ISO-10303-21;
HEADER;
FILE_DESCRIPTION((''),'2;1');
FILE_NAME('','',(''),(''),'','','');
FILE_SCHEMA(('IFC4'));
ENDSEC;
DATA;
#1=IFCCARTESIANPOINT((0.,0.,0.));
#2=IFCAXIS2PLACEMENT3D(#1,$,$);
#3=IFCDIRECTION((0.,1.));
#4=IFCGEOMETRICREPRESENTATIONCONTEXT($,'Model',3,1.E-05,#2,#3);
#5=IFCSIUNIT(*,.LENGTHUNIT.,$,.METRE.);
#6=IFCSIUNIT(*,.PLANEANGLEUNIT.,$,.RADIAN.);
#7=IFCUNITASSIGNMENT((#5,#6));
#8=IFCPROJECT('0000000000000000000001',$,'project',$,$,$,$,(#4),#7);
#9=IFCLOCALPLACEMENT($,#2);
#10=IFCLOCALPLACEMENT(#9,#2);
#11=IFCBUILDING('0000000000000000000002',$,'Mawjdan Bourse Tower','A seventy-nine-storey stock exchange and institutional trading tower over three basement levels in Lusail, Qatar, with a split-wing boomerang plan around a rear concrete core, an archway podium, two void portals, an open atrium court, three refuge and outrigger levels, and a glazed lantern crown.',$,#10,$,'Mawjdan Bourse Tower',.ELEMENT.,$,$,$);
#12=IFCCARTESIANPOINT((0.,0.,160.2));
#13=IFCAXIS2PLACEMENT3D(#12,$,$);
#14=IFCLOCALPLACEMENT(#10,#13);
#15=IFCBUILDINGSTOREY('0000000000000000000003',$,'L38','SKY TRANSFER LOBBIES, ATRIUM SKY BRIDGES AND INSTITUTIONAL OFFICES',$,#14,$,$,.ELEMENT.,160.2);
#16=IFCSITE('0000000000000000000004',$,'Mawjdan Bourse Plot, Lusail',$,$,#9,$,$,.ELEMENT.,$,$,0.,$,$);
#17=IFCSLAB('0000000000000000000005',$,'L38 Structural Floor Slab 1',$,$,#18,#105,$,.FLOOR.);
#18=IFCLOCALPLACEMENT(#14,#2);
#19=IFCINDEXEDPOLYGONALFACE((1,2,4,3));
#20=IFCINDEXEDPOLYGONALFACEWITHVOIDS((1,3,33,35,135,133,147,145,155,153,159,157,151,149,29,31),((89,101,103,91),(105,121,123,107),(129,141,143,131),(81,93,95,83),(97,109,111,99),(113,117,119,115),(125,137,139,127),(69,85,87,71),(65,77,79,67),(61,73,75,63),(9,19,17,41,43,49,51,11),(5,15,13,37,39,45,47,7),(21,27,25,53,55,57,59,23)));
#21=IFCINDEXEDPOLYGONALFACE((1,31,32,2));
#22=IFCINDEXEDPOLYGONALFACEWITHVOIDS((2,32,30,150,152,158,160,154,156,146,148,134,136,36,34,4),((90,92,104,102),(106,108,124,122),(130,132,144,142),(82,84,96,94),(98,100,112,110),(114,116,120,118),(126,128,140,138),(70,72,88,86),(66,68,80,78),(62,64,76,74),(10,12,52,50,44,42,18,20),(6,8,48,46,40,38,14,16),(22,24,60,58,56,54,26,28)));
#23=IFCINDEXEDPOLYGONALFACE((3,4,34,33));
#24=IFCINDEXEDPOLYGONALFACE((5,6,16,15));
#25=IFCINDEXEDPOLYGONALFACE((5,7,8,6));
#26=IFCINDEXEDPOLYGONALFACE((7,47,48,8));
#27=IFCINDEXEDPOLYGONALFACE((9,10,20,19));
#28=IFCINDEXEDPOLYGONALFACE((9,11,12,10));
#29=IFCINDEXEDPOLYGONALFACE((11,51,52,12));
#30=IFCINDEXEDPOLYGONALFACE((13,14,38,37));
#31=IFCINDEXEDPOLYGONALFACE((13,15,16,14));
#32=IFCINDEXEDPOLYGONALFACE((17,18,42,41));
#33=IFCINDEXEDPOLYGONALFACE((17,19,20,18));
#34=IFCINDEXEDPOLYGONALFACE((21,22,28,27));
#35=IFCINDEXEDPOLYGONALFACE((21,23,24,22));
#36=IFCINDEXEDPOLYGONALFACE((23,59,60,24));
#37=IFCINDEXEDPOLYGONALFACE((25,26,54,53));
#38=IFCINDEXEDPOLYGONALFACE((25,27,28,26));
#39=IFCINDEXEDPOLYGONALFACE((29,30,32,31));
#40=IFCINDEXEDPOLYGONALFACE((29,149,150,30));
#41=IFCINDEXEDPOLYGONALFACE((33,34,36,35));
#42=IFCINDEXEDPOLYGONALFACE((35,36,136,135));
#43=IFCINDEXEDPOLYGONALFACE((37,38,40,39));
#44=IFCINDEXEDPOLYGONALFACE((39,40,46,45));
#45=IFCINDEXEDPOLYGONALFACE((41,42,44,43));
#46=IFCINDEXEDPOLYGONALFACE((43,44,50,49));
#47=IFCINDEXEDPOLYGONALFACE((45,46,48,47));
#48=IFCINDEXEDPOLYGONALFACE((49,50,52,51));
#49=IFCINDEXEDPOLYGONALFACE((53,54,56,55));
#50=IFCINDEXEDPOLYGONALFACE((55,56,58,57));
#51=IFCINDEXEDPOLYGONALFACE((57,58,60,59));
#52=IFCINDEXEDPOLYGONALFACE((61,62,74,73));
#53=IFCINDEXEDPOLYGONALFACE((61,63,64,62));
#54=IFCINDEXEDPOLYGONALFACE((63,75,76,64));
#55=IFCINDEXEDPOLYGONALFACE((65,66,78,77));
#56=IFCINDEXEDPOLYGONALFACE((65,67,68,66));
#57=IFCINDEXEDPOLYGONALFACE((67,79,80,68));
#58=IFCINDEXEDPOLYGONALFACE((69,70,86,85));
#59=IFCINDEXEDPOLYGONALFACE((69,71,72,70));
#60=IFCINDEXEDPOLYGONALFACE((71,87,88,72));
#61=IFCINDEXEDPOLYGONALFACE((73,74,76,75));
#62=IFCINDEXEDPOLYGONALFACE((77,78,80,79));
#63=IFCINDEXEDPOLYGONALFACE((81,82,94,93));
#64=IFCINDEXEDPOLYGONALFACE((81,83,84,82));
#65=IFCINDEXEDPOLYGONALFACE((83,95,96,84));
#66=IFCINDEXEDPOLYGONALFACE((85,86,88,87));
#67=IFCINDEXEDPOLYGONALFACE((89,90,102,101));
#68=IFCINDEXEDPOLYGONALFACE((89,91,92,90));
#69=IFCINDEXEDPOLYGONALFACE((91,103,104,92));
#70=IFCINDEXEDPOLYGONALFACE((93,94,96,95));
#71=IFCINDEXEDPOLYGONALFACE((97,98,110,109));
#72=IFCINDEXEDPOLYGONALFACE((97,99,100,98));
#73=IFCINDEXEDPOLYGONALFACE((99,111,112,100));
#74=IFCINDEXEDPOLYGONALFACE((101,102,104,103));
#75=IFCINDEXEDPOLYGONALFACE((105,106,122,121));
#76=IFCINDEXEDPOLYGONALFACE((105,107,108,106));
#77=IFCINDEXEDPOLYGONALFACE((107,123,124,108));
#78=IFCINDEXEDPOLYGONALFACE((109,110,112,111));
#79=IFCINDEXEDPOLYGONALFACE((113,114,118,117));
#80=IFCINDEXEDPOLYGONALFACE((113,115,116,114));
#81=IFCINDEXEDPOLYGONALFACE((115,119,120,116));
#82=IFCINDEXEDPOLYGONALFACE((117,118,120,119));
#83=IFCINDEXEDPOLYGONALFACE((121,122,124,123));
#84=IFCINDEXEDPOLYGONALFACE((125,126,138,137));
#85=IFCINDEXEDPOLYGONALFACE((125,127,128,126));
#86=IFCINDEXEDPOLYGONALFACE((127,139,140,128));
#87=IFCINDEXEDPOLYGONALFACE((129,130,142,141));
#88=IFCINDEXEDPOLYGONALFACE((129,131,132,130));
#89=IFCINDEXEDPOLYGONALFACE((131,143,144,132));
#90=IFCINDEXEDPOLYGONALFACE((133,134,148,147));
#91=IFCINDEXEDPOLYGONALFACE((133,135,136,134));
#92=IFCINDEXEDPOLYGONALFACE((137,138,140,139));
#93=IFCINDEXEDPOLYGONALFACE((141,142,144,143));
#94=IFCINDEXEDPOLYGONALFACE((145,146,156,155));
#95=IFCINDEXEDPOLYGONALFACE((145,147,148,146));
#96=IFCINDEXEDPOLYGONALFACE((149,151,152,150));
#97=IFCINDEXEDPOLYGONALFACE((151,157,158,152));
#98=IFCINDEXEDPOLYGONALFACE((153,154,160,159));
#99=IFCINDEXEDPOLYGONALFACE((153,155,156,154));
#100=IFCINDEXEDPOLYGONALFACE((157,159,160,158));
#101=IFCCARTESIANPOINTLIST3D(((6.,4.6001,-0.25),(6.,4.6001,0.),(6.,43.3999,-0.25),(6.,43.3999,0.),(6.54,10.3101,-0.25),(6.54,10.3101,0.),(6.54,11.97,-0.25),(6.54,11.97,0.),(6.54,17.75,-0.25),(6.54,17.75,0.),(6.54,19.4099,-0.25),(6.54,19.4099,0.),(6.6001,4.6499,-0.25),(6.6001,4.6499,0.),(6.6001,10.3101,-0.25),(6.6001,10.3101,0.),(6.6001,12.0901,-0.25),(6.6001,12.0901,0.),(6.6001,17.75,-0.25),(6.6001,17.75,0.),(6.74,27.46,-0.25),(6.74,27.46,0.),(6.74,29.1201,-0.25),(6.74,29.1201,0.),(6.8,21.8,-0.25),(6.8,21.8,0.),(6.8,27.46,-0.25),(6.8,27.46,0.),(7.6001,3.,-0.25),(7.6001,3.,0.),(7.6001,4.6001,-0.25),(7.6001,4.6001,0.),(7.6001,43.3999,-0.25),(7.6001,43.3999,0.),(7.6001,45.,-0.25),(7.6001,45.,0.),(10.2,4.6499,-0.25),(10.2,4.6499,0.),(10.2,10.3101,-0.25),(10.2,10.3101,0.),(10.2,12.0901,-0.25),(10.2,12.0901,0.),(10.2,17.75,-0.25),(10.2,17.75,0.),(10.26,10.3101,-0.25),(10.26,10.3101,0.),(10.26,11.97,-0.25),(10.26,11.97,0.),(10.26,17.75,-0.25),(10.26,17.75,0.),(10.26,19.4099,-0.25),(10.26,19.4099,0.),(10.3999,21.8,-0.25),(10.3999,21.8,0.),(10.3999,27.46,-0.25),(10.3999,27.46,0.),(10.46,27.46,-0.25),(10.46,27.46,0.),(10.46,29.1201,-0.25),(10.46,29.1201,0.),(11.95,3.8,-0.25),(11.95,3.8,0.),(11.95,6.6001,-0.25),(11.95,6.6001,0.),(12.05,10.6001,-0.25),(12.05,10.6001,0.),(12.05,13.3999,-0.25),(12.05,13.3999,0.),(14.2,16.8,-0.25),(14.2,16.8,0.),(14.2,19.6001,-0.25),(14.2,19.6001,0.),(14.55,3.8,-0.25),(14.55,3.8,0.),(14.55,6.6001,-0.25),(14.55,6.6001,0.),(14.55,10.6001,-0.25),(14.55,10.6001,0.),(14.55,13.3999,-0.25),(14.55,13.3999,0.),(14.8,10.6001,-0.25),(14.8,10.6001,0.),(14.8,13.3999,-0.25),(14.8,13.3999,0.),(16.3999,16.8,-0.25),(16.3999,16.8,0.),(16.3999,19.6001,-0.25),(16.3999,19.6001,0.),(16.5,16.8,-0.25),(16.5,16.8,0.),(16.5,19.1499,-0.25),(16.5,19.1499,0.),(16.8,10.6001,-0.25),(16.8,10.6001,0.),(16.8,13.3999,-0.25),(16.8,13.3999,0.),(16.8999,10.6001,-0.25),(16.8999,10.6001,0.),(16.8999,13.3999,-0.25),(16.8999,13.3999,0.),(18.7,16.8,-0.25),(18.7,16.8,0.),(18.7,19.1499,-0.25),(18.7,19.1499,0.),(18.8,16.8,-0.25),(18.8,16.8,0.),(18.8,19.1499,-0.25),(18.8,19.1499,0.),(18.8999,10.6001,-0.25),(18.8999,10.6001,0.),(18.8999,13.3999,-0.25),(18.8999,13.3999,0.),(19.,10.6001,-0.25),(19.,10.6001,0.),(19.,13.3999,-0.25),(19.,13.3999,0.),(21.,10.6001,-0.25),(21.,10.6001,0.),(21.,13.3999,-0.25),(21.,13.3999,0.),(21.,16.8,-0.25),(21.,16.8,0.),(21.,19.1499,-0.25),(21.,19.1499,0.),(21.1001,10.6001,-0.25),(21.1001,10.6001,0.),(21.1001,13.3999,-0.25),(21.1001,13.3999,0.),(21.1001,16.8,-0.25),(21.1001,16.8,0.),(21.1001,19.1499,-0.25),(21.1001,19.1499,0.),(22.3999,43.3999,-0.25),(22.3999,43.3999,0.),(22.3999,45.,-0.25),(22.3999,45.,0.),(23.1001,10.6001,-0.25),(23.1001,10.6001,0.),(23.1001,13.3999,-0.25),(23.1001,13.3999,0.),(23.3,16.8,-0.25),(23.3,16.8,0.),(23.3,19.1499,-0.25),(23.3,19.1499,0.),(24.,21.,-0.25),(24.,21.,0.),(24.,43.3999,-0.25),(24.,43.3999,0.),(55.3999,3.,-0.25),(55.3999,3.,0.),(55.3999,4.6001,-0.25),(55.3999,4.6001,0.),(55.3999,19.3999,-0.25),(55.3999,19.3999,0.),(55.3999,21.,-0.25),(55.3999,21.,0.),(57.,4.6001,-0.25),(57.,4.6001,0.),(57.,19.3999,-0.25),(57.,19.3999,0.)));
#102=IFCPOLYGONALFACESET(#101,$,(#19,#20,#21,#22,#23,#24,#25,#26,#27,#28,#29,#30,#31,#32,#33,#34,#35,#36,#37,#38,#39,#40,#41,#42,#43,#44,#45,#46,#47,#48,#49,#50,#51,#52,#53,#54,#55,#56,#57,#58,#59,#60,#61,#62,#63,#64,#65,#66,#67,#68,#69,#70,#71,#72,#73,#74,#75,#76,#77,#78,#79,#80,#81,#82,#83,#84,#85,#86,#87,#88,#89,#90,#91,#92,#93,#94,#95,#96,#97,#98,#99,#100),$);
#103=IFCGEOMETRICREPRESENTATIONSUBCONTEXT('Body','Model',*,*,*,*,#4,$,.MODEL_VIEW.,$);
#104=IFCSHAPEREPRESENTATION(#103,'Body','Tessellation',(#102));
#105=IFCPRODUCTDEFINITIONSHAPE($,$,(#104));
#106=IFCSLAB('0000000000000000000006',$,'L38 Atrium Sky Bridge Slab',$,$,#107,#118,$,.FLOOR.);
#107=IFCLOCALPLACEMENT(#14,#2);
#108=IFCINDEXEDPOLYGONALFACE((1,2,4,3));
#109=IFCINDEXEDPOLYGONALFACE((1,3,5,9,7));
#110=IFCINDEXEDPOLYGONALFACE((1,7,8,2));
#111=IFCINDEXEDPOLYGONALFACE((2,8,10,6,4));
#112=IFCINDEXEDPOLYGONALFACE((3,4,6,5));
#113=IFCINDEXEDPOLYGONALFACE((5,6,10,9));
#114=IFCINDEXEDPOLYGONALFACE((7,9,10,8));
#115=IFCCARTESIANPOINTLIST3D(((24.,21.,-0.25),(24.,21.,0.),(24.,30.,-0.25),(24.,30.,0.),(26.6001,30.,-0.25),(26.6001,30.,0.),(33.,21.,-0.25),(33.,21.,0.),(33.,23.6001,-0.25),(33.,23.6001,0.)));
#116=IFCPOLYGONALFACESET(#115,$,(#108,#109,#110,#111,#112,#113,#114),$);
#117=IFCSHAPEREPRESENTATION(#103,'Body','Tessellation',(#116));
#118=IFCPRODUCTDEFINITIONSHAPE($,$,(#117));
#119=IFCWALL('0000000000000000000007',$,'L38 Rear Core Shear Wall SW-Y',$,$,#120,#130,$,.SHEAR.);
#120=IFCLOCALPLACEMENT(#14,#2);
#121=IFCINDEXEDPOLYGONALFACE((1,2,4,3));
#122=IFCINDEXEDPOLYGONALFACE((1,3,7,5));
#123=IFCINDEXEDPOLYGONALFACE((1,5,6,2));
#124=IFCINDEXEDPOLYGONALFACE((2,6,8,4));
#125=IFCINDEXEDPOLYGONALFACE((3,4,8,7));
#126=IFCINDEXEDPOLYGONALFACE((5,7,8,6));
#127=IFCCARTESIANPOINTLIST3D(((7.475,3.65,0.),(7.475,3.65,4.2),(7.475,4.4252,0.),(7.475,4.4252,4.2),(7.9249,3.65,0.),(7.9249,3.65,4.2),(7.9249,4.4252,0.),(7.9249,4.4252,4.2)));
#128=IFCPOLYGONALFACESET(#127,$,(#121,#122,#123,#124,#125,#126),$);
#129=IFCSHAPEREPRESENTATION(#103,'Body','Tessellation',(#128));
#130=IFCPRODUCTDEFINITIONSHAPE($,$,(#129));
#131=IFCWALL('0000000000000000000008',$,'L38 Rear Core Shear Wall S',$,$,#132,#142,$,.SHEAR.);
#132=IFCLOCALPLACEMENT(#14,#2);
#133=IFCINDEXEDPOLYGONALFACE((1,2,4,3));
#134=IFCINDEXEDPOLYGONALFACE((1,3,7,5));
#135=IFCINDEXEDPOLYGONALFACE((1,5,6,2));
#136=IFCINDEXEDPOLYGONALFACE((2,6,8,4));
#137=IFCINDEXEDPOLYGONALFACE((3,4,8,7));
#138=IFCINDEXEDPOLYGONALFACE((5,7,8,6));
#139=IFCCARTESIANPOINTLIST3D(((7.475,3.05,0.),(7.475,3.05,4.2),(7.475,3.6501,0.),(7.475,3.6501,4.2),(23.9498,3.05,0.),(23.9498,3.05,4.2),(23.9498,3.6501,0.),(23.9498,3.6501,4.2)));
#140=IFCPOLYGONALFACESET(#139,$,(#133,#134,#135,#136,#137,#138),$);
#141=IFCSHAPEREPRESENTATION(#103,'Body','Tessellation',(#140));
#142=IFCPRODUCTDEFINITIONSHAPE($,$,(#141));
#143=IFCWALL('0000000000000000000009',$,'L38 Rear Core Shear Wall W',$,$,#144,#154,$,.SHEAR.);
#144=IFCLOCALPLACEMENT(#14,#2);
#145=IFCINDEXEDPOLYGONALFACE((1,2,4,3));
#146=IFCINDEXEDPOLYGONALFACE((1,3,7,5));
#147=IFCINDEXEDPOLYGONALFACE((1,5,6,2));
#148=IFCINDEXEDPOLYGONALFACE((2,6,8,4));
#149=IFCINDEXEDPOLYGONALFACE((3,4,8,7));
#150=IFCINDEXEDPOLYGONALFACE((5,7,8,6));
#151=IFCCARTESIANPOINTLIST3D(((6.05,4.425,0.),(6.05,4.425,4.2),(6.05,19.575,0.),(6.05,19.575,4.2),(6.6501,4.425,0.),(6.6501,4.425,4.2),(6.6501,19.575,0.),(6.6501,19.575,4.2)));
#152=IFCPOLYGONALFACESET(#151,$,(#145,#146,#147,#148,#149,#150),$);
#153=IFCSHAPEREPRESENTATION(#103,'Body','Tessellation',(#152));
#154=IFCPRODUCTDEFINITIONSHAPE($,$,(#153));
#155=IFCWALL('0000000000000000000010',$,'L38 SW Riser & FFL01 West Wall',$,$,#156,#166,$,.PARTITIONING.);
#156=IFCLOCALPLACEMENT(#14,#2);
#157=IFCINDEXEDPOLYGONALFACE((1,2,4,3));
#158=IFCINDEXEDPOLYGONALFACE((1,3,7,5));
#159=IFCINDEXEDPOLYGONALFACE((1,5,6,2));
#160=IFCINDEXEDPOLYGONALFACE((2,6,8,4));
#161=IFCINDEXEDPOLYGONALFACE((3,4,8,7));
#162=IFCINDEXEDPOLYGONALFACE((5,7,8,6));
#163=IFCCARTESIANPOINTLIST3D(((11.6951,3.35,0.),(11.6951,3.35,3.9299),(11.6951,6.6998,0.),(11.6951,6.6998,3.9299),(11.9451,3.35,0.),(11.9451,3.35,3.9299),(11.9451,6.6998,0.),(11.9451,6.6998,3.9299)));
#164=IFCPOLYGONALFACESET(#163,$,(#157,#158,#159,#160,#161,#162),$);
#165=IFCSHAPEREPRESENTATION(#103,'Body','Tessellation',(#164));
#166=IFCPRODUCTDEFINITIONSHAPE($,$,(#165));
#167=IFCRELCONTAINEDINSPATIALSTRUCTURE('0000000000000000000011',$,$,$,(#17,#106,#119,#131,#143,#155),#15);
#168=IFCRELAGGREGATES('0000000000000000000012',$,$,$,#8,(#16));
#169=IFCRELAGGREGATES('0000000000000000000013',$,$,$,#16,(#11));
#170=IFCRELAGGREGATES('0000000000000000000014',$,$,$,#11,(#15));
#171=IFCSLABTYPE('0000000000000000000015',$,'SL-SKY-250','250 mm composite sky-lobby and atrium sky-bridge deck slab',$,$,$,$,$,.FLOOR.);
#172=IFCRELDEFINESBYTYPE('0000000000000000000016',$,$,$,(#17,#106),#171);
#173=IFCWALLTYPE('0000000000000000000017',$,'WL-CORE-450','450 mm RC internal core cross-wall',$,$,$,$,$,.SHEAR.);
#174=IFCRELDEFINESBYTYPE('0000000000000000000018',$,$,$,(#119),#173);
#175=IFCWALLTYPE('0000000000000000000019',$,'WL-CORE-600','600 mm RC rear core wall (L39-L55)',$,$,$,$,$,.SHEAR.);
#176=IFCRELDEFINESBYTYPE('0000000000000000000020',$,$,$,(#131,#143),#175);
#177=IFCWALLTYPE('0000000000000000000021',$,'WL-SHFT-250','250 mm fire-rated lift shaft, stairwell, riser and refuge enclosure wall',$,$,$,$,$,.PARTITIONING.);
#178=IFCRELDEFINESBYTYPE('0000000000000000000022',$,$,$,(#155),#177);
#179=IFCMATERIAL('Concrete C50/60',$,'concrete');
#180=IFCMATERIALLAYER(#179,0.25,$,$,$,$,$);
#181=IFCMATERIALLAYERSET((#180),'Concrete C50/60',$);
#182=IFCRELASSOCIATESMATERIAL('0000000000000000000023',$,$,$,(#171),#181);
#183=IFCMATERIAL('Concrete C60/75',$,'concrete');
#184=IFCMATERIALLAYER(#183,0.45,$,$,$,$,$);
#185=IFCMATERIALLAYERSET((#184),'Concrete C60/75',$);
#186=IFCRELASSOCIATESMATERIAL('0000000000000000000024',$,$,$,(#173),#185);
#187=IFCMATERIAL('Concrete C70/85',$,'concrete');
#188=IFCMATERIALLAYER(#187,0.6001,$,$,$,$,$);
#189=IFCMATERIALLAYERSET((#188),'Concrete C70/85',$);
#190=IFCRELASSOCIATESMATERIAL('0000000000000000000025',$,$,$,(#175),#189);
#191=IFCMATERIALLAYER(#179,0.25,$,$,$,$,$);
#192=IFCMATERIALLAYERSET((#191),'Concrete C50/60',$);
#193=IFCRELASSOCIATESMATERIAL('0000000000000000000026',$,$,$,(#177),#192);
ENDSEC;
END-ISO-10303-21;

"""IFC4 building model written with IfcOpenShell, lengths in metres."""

from ifc_helpers import new_model, si_unit, direction, frame, frame_2d, origin, place, context, subcontext, project, spatial, polyline, rectangle, outline, extrude, material, layer, layer_set, type_object, element, save


model = new_model("IFC4")

# Units and contexts
model_context = context("Model", 3, precision=1e-05, world=origin(), true_north=direction((0.0, 1.0)))
body_context = subcontext(model_context, "Body", "Model", "MODEL_VIEW")
ifc_project = project(units=[si_unit("LENGTHUNIT", "METRE"), si_unit("PLANEANGLEUNIT", "RADIAN")], contexts=[model_context])

# Site, building, storey
site_placement = place(None, origin())
site = spatial("IfcSite", under=ifc_project, at=site_placement, Name="Mawjdan Bourse Plot, Lusail", CompositionType="ELEMENT", RefElevation=0.0)
building_placement = place(site_placement, origin())
building = spatial("IfcBuilding", under=site, at=building_placement, Name="Mawjdan Bourse Tower", Description="A seventy-nine-storey stock exchange and institutional trading tower over three basement levels in Lusail, Qatar, with a split-wing boomerang plan around a rear concrete core, an archway podium, two void portals, an open atrium court, three refuge and outrigger levels, and a glazed lantern crown.", LongName="Mawjdan Bourse Tower", CompositionType="ELEMENT")
storey_placement = place(building_placement, frame((0.0, 0.0, 160.2)))
storey = spatial("IfcBuildingStorey", under=building, at=storey_placement, Name="L38", Description="SKY TRANSFER LOBBIES, ATRIUM SKY BRIDGES AND INSTITUTIONAL OFFICES", CompositionType="ELEMENT", Elevation=160.2)

# Shared definitions
ifc_material_1 = material(Name="Concrete C50/60", Category="concrete")

# Slabs
ifc_layer_1 = layer(ifc_material_1, 0.25)
ifc_layer_set_1 = layer_set([ifc_layer_1], Name="Concrete C50/60")
slab_type_1 = type_object("IfcSlabType", Name="SL-SKY-250", Description="250 mm composite sky-lobby and atrium sky-bridge deck slab", PredefinedType="FLOOR", material=ifc_layer_set_1)
slab_1_placement = place(storey_placement, frame((0.0, 0.0, -0.25)))
element("IfcSlab", 1, at=slab_1_placement, inside=storey, type_object=slab_type_1, Name="L38 Structural Floor Slab 1", PredefinedType="FLOOR", context=body_context, shape_type="SweptSolid", body=[
    extrude(outline(polyline([(7.6001, 3.0), (55.3999, 3.0), (55.3999, 4.6001), (57.0, 4.6001), (57.0, 19.3999), (55.3999, 19.3999), (55.3999, 21.0), (24.0, 21.0), (24.0, 43.3999), (22.3999, 43.3999), (22.3999, 45.0), (7.6001, 45.0), (7.6001, 43.3999), (6.0, 43.3999), (6.0, 4.6001), (7.6001, 4.6001), (7.6001, 3.0)]), holes=[polyline([(11.95, 3.8), (11.95, 6.6001), (14.55, 6.6001), (14.55, 3.8), (11.95, 3.8)]), polyline([(6.6001, 10.3101), (6.54, 10.3101), (6.54, 11.97), (10.26, 11.97), (10.26, 10.3101), (10.2, 10.3101), (10.2, 4.6499), (6.6001, 4.6499), (6.6001, 10.3101)]), polyline([(12.05, 10.6001), (12.05, 13.3999), (14.55, 13.3999), (14.55, 10.6001), (12.05, 10.6001)]), polyline([(10.26, 19.4099), (10.26, 17.75), (10.2, 17.75), (10.2, 12.0901), (6.6001, 12.0901), (6.6001, 17.75), (6.54, 17.75), (6.54, 19.4099), (10.26, 19.4099)]), polyline([(10.46, 29.1201), (10.46, 27.46), (10.3999, 27.46), (10.3999, 21.8), (6.8, 21.8), (6.8, 27.46), (6.74, 27.46), (6.74, 29.1201), (10.46, 29.1201)]), polyline([(14.8, 10.6001), (14.8, 13.3999), (16.8, 13.3999), (16.8, 10.6001), (14.8, 10.6001)]), polyline([(16.8999, 10.6001), (16.8999, 13.3999), (18.8999, 13.3999), (18.8999, 10.6001), (16.8999, 10.6001)]), polyline([(19.0, 10.6001), (19.0, 13.3999), (21.0, 13.3999), (21.0, 10.6001), (19.0, 10.6001)]), polyline([(21.1001, 10.6001), (21.1001, 13.3999), (23.1001, 13.3999), (23.1001, 10.6001), (21.1001, 10.6001)]), polyline([(16.5, 16.8), (16.5, 19.1499), (18.7, 19.1499), (18.7, 16.8), (16.5, 16.8)]), polyline([(18.8, 16.8), (18.8, 19.1499), (21.0, 19.1499), (21.0, 16.8), (18.8, 16.8)]), polyline([(21.1001, 16.8), (21.1001, 19.1499), (23.3, 19.1499), (23.3, 16.8), (21.1001, 16.8)]), polyline([(14.2, 16.8), (14.2, 19.6001), (16.3999, 19.6001), (16.3999, 16.8), (14.2, 16.8)])]), origin(), (0.0, 0.0, 1.0), 0.25),
])
slab_2_placement = place(storey_placement, frame((0.0, 0.0, -0.25)))
element("IfcSlab", 2, at=slab_2_placement, inside=storey, type_object=slab_type_1, Name="L38 Atrium Sky Bridge Slab", PredefinedType="FLOOR", context=body_context, shape_type="SweptSolid", body=[
    extrude(outline(polyline([(24.0, 21.0), (33.0, 21.0), (33.0, 23.6001), (26.6001, 30.0), (24.0, 30.0), (24.0, 21.0)])), origin(), (0.0, 0.0, 1.0), 0.25),
])

# Walls
ifc_material_2 = material(Name="Concrete C60/75", Category="concrete")
ifc_layer_2 = layer(ifc_material_2, 0.45)
ifc_layer_set_2 = layer_set([ifc_layer_2], Name="Concrete C60/75")
wall_type_1 = type_object("IfcWallType", Name="WL-CORE-450", Description="450 mm RC internal core cross-wall", PredefinedType="SHEAR", material=ifc_layer_set_2)
wall_1_placement = place(storey_placement, frame((7.7, 3.6499, 0.0), z_axis=(0.0, 0.0, 1.0), x_axis=(0.0, 1.0, 0.0)))
element("IfcWall", 3, at=wall_1_placement, inside=storey, type_object=wall_type_1, Name="L38 Rear Core Shear Wall SW-Y", PredefinedType="SHEAR", context=body_context, shape_type="SweptSolid", body=[
    extrude(rectangle(XDim=0.7751, YDim=0.45, at=frame_2d((0.3877, 0.0))), origin(), (0.0, 0.0, 1.0), 4.2),
])
ifc_material_3 = material(Name="Concrete C70/85", Category="concrete")
ifc_layer_3 = layer(ifc_material_3, 0.6001)
ifc_layer_set_3 = layer_set([ifc_layer_3], Name="Concrete C70/85")
wall_type_2 = type_object("IfcWallType", Name="WL-CORE-600", Description="600 mm RC rear core wall (L39-L55)", PredefinedType="SHEAR", material=ifc_layer_set_3)
wall_2_placement = place(storey_placement, frame((7.4751, 3.3501, 0.0), z_axis=(0.0, 0.0, 1.0), x_axis=(1.0, 0.0, 0.0)))
element("IfcWall", 4, at=wall_2_placement, inside=storey, type_object=wall_type_2, Name="L38 Rear Core Shear Wall S", PredefinedType="SHEAR", context=body_context, shape_type="SweptSolid", body=[
    extrude(rectangle(XDim=16.4749, YDim=0.6001, at=frame_2d((8.2373, 0.0))), origin(), (0.0, 0.0, 1.0), 4.2),
])
wall_3_placement = place(storey_placement, frame((6.3501, 4.425, 0.0), z_axis=(0.0, 0.0, 1.0), x_axis=(0.0, 1.0, 0.0)))
element("IfcWall", 5, at=wall_3_placement, inside=storey, type_object=wall_type_2, Name="L38 Rear Core Shear Wall W", PredefinedType="SHEAR", context=body_context, shape_type="SweptSolid", body=[
    extrude(rectangle(XDim=15.1499, YDim=0.6001, at=frame_2d((7.575, 0.0))), origin(), (0.0, 0.0, 1.0), 4.2),
])
ifc_layer_4 = layer(ifc_material_1, 0.25)
ifc_layer_set_4 = layer_set([ifc_layer_4], Name="Concrete C50/60")
wall_type_3 = type_object("IfcWallType", Name="WL-SHFT-250", Description="250 mm fire-rated lift shaft, stairwell, riser and refuge enclosure wall", PredefinedType="PARTITIONING", material=ifc_layer_set_4)
wall_4_placement = place(storey_placement, frame((11.8201, 3.3501, 0.0), z_axis=(0.0, 0.0, 1.0), x_axis=(0.0, 1.0, 0.0)))
element("IfcWall", 6, at=wall_4_placement, inside=storey, type_object=wall_type_3, Name="L38 SW Riser & FFL01 West Wall", PredefinedType="PARTITIONING", context=body_context, shape_type="SweptSolid", body=[
    extrude(rectangle(XDim=3.3499, YDim=0.25, at=frame_2d((1.6748, 0.0))), origin(), (0.0, 0.0, 1.0), 3.9299),
])

save(model, "model.ifc")
